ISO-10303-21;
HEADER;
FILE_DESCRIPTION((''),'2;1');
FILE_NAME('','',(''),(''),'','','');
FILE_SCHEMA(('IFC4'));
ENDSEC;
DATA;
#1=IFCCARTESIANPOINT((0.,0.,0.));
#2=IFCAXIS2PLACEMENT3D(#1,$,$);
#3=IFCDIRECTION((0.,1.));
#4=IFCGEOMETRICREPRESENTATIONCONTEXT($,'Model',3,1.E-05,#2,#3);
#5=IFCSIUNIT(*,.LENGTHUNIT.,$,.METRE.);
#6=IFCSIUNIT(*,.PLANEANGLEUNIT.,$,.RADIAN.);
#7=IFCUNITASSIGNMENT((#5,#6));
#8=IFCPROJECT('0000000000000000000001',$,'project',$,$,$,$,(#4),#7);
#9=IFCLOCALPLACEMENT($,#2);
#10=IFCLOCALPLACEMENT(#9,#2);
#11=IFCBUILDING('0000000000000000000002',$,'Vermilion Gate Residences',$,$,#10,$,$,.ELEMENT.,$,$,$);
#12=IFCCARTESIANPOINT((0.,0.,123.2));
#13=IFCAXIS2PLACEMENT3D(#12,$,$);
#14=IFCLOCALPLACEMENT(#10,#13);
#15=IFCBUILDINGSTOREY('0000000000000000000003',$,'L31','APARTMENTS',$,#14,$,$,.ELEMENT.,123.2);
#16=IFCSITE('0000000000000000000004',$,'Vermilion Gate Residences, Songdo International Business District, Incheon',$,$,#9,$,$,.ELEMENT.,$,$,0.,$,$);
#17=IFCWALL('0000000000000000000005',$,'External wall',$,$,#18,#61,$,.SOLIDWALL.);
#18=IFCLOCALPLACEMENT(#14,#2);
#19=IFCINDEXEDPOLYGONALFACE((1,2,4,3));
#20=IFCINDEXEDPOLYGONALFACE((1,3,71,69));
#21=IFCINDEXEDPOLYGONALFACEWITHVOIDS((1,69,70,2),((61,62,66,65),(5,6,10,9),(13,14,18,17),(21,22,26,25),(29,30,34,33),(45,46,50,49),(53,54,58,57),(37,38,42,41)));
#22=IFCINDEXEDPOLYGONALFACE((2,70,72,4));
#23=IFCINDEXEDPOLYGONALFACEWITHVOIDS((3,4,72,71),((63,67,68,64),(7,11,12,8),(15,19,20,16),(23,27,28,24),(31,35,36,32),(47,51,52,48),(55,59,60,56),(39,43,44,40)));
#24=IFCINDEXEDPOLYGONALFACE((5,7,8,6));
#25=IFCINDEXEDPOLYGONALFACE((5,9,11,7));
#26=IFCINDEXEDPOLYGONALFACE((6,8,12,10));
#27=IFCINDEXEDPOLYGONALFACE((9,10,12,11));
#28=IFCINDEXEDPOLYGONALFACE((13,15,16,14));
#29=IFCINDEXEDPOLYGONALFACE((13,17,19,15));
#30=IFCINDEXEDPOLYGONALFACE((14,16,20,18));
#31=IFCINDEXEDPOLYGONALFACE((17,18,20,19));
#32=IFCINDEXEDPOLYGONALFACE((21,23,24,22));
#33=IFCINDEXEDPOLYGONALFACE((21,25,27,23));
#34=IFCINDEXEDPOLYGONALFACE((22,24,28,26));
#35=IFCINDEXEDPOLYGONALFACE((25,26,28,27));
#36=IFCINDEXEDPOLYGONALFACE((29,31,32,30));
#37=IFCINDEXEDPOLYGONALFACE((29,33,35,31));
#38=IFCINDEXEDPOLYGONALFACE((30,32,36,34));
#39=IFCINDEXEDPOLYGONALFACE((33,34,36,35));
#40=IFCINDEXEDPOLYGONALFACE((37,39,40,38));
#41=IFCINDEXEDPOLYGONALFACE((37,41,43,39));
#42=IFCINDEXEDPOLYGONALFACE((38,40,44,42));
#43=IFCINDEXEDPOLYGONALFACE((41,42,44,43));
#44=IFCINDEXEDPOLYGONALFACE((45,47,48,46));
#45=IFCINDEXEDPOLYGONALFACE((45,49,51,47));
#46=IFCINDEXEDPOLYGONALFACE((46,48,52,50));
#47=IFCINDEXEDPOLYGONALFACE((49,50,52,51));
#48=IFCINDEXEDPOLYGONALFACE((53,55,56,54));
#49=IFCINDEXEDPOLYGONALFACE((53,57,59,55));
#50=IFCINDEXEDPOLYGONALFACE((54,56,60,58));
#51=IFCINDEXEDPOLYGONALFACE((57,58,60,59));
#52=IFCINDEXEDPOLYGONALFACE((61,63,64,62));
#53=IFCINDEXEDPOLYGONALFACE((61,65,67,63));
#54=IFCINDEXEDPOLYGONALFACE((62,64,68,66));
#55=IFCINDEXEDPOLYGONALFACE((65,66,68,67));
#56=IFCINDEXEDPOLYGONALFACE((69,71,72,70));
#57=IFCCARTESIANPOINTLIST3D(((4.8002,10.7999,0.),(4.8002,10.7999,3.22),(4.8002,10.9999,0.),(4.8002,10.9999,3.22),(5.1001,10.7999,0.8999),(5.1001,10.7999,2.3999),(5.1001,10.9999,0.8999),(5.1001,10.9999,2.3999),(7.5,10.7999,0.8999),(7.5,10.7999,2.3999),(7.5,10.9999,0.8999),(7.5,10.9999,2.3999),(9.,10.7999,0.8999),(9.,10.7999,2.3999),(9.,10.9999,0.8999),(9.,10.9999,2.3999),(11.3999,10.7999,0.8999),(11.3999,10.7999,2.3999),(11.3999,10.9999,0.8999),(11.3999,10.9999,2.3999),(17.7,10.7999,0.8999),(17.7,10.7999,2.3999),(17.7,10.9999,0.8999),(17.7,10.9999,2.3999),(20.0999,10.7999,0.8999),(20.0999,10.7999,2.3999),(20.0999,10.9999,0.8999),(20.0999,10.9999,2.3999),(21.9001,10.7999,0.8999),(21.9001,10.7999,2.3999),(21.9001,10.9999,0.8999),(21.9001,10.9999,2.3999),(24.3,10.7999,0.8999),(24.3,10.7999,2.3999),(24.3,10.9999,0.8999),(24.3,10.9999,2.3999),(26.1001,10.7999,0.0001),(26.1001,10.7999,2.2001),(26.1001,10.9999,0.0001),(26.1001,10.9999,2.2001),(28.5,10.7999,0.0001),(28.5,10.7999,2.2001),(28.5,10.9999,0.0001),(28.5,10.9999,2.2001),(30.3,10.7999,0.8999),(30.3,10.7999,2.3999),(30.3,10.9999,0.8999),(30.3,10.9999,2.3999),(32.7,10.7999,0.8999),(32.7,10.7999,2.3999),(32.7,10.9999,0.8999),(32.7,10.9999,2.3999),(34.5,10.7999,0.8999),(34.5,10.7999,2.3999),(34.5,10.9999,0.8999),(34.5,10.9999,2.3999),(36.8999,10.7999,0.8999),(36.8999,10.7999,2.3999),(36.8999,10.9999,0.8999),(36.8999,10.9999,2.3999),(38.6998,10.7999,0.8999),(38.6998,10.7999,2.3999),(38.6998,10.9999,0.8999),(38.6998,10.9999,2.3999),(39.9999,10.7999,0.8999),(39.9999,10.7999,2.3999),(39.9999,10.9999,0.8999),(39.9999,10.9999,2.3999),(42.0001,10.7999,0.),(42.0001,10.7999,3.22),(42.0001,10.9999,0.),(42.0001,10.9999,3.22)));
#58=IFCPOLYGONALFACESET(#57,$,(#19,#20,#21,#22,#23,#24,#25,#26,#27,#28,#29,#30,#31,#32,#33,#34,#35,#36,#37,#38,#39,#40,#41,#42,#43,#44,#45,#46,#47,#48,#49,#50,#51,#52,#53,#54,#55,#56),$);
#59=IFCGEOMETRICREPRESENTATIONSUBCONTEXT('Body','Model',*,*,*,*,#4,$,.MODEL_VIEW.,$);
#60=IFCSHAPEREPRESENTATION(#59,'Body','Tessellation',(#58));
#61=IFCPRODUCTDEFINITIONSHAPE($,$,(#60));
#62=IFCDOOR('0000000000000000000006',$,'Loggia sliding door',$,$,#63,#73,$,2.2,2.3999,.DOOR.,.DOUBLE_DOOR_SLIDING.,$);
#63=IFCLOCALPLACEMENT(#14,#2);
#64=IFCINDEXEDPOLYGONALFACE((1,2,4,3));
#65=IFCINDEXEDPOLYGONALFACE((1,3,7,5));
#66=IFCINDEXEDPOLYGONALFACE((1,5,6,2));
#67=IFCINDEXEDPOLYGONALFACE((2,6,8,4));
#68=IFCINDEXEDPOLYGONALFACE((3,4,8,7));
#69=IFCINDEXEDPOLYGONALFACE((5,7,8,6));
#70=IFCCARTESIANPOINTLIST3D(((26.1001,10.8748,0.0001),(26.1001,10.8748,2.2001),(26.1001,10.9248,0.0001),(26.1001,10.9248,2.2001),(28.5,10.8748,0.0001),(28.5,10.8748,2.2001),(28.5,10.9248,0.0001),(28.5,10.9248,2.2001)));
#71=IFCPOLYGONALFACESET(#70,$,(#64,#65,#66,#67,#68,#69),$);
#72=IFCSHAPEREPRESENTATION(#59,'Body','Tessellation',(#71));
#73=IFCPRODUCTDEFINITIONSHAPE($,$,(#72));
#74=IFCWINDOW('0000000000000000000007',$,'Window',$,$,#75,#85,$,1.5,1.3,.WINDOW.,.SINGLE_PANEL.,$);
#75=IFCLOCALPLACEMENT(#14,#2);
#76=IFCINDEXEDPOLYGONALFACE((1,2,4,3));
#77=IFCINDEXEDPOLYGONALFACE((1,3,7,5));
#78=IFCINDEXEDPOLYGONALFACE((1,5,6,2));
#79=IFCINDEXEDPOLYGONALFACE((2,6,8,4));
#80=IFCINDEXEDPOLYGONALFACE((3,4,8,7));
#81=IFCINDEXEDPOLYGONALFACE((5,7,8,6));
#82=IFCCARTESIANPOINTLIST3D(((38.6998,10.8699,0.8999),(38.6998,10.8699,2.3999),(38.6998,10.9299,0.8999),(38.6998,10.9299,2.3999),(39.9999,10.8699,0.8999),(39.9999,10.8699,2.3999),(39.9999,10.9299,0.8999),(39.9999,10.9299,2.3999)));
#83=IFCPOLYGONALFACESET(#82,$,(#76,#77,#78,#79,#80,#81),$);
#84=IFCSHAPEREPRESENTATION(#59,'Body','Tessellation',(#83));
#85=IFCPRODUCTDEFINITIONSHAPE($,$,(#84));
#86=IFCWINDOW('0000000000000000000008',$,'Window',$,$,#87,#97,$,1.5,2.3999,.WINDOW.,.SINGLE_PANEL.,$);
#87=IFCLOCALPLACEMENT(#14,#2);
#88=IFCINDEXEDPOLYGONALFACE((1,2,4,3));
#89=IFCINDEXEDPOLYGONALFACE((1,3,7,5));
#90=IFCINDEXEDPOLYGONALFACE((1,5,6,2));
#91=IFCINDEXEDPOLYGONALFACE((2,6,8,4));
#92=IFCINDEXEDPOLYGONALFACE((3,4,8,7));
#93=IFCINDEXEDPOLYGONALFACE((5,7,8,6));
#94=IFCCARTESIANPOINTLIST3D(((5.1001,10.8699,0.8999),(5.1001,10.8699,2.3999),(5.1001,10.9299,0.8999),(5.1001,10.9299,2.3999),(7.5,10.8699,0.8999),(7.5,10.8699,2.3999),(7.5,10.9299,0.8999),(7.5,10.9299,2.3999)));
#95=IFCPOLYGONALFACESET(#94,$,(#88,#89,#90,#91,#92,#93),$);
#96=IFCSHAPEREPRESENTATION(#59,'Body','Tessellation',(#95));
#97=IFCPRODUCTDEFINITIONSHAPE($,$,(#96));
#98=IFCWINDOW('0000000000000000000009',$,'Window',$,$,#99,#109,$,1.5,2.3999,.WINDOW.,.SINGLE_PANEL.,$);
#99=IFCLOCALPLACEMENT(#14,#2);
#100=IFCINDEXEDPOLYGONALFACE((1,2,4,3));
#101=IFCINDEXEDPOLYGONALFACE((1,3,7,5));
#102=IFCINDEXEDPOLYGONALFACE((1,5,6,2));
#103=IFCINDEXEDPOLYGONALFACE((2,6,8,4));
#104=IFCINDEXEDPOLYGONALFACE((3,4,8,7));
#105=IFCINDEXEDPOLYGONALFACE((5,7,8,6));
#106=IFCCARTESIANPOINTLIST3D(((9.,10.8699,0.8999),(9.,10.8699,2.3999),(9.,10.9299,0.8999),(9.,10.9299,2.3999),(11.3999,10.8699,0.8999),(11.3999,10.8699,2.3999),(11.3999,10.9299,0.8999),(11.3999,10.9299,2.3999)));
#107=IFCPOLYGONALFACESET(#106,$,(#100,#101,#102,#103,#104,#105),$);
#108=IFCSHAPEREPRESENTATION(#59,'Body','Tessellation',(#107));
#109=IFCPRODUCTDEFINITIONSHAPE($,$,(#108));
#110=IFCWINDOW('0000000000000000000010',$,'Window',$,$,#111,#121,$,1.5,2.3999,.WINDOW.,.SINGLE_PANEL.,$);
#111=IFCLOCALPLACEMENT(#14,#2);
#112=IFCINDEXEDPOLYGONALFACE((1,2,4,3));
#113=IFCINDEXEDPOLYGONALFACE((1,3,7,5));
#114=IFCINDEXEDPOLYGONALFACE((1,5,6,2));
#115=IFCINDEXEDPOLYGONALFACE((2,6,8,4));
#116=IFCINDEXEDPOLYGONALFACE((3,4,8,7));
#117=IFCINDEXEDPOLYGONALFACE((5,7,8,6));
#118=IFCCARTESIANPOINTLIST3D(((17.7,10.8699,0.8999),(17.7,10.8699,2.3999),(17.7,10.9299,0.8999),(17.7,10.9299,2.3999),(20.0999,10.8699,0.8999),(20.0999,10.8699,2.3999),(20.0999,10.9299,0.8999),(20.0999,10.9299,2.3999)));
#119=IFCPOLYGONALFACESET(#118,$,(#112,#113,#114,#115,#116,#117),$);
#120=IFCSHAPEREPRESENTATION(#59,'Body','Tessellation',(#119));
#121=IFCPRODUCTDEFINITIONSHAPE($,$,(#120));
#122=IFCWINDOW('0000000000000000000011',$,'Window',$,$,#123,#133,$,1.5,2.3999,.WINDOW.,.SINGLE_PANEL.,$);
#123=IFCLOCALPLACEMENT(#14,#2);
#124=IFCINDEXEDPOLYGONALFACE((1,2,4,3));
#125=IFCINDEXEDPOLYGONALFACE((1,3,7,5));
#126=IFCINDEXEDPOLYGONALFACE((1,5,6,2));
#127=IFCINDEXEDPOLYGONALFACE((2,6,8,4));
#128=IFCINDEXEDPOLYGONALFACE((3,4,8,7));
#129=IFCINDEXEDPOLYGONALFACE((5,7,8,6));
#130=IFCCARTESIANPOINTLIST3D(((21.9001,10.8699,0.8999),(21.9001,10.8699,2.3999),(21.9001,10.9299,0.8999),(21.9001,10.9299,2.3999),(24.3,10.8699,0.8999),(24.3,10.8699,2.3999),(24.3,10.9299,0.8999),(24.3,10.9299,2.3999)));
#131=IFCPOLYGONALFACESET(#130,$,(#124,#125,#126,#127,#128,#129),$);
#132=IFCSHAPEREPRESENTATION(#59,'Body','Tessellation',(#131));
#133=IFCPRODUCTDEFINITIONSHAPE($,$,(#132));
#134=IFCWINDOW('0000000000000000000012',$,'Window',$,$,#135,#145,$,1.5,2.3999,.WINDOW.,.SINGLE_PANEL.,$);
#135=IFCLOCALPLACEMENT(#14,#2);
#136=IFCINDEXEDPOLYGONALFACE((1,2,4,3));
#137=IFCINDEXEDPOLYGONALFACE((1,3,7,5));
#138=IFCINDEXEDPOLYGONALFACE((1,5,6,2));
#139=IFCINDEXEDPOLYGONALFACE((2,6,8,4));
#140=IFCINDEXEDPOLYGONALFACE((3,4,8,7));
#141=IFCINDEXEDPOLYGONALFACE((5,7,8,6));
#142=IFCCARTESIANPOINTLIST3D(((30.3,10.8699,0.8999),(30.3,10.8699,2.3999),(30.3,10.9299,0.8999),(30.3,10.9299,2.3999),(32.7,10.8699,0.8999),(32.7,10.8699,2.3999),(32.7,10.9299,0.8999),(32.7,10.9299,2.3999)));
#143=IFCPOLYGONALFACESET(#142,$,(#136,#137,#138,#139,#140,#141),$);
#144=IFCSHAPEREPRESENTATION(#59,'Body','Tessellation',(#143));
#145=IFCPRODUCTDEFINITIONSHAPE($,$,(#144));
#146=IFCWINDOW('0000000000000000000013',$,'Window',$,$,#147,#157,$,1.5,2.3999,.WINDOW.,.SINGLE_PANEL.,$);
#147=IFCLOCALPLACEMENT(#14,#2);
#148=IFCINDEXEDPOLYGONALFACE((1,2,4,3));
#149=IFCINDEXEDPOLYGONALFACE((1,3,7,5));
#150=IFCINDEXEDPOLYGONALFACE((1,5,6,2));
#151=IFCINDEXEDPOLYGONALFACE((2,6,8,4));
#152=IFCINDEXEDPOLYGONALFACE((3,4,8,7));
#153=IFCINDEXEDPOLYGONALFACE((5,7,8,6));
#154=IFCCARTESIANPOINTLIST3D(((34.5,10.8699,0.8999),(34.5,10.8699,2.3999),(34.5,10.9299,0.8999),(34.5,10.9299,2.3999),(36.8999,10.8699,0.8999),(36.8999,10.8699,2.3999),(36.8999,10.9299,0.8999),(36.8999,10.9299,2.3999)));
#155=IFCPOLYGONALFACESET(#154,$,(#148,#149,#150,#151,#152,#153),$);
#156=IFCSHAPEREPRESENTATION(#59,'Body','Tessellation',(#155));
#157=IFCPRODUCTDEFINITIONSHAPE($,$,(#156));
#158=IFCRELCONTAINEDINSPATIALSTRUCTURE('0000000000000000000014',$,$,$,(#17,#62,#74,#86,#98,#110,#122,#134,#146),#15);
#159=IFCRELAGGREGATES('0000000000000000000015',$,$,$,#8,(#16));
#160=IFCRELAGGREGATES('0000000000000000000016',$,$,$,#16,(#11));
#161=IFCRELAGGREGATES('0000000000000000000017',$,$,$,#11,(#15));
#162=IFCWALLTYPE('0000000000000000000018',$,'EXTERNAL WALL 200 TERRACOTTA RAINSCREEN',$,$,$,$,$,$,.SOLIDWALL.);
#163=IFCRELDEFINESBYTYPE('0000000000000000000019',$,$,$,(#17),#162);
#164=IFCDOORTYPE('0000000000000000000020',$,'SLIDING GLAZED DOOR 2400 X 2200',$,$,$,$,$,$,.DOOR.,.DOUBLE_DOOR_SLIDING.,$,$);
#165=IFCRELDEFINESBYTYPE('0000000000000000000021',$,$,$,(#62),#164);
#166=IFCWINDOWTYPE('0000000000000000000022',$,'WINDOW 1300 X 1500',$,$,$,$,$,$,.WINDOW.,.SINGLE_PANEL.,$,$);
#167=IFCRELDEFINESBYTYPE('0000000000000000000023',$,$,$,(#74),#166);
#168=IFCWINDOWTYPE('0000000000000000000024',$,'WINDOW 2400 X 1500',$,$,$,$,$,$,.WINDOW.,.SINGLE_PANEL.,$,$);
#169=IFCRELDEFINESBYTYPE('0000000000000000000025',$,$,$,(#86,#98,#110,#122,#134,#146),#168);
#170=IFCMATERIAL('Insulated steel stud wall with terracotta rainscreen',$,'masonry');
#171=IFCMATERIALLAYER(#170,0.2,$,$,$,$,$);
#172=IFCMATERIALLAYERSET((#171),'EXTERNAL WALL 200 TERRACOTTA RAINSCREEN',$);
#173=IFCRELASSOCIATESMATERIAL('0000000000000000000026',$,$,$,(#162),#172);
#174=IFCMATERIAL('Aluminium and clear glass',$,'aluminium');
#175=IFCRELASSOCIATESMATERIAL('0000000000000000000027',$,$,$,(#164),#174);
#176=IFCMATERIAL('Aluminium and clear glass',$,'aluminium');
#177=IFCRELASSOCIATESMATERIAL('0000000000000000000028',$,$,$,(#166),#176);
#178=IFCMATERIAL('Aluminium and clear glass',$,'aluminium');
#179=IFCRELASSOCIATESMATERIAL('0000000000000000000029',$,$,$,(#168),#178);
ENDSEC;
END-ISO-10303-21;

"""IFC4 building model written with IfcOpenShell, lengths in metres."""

from ifc_helpers import new_model, si_unit, direction, frame, frame_2d, origin, place, context, subcontext, project, spatial, rectangle, extrude, material, layer, layer_set, type_object, element, fill, save


model = new_model("IFC4")

# Units and contexts
model_context = context("Model", 3, precision=1e-05, world=origin(), true_north=direction((0.0, 1.0)))
body_context = subcontext(model_context, "Body", "Model", "MODEL_VIEW")
ifc_project = project(units=[si_unit("LENGTHUNIT", "METRE"), si_unit("PLANEANGLEUNIT", "RADIAN")], contexts=[model_context])

# Site, building, storey
site_placement = place(None, origin())
site = spatial("IfcSite", under=ifc_project, at=site_placement, Name="Vermilion Gate Residences, Songdo International Business District, Incheon", CompositionType="ELEMENT", RefElevation=0.0)
building_placement = place(site_placement, origin())
building = spatial("IfcBuilding", under=site, at=building_placement, Name="Vermilion Gate Residences", CompositionType="ELEMENT")
storey_placement = place(building_placement, frame((0.0, 0.0, 123.2)))
storey = spatial("IfcBuildingStorey", under=building, at=storey_placement, Name="L31", Description="APARTMENTS", CompositionType="ELEMENT", Elevation=123.2)

# Shared definitions
ifc_material_1 = material(Name="Insulated steel stud wall with terracotta rainscreen", Category="masonry")
ifc_layer_1 = layer(ifc_material_1, 0.2)
ifc_layer_set_1 = layer_set([ifc_layer_1], Name="EXTERNAL WALL 200 TERRACOTTA RAINSCREEN")
wall_type_1 = type_object("IfcWallType", Name="EXTERNAL WALL 200 TERRACOTTA RAINSCREEN", PredefinedType="SOLIDWALL", material=ifc_layer_set_1)

# Wall, openings, door, windows
wall_1_placement = place(storey_placement, frame((4.8, 10.8999, 0.0), z_axis=(0.0, 0.0, 1.0), x_axis=(1.0, 0.0, 0.0)))
wall_1 = element("IfcWall", 1, at=wall_1_placement, inside=storey, type_object=wall_type_1, Name="External wall", PredefinedType="SOLIDWALL", context=body_context, shape_type="SweptSolid", body=[
    extrude(rectangle(XDim=37.2, YDim=0.2, at=frame_2d((18.6001, 0.0))), origin(), (0.0, 0.0, 1.0), 3.22),
])
opening_1_placement = place(wall_1_placement, frame((0.3, 0.0, 0.8999)))
opening_1 = element("IfcOpeningElement", 2, at=opening_1_placement, cuts=wall_1, PredefinedType="OPENING", context=body_context, shape_type="SweptSolid", body=[
    extrude(rectangle(XDim=2.3999, YDim=1.5, at=frame_2d((1.2, 0.75))), frame((0.0, 0.1099, 0.0), z_axis=(0.0, -1.0, 0.0), x_axis=(1.0, 0.0, 0.0)), (0.0, 0.0, 1.0), 0.22),
])
opening_2_placement = place(wall_1_placement, frame((4.2, 0.0, 0.8999)))
opening_2 = element("IfcOpeningElement", 3, at=opening_2_placement, cuts=wall_1, PredefinedType="OPENING", context=body_context, shape_type="SweptSolid", body=[
    extrude(rectangle(XDim=2.3999, YDim=1.5, at=frame_2d((1.2, 0.75))), frame((0.0, 0.1099, 0.0), z_axis=(0.0, -1.0, 0.0), x_axis=(1.0, 0.0, 0.0)), (0.0, 0.0, 1.0), 0.22),
])
opening_3_placement = place(wall_1_placement, frame((12.8999, 0.0, 0.8999)))
opening_3 = element("IfcOpeningElement", 4, at=opening_3_placement, cuts=wall_1, PredefinedType="OPENING", context=body_context, shape_type="SweptSolid", body=[
    extrude(rectangle(XDim=2.3999, YDim=1.5, at=frame_2d((1.2, 0.75))), frame((0.0, 0.1099, 0.0), z_axis=(0.0, -1.0, 0.0), x_axis=(1.0, 0.0, 0.0)), (0.0, 0.0, 1.0), 0.22),
])
opening_4_placement = place(wall_1_placement, frame((17.1001, 0.0, 0.8999)))
opening_4 = element("IfcOpeningElement", 5, at=opening_4_placement, cuts=wall_1, PredefinedType="OPENING", context=body_context, shape_type="SweptSolid", body=[
    extrude(rectangle(XDim=2.3999, YDim=1.5, at=frame_2d((1.2, 0.75))), frame((0.0, 0.1099, 0.0), z_axis=(0.0, -1.0, 0.0), x_axis=(1.0, 0.0, 0.0)), (0.0, 0.0, 1.0), 0.22),
])
opening_5_placement = place(wall_1_placement, frame((21.3, 0.0, 0.0)))
opening_5 = element("IfcOpeningElement", 6, at=opening_5_placement, cuts=wall_1, PredefinedType="OPENING", context=body_context, shape_type="SweptSolid", body=[
    extrude(rectangle(XDim=2.3999, YDim=2.2, at=frame_2d((1.2, 1.1001))), frame((0.0, 0.1099, 0.0), z_axis=(0.0, -1.0, 0.0), x_axis=(1.0, 0.0, 0.0)), (0.0, 0.0, 1.0), 0.22),
])
opening_6_placement = place(wall_1_placement, frame((25.5, 0.0, 0.8999)))
opening_6 = element("IfcOpeningElement", 7, at=opening_6_placement, cuts=wall_1, PredefinedType="OPENING", context=body_context, shape_type="SweptSolid", body=[
    extrude(rectangle(XDim=2.3999, YDim=1.5, at=frame_2d((1.2, 0.75))), frame((0.0, 0.1099, 0.0), z_axis=(0.0, -1.0, 0.0), x_axis=(1.0, 0.0, 0.0)), (0.0, 0.0, 1.0), 0.22),
])
opening_7_placement = place(wall_1_placement, frame((29.7, 0.0, 0.8999)))
opening_7 = element("IfcOpeningElement", 8, at=opening_7_placement, cuts=wall_1, PredefinedType="OPENING", context=body_context, shape_type="SweptSolid", body=[
    extrude(rectangle(XDim=2.3999, YDim=1.5, at=frame_2d((1.2, 0.75))), frame((0.0, 0.1099, 0.0), z_axis=(0.0, -1.0, 0.0), x_axis=(1.0, 0.0, 0.0)), (0.0, 0.0, 1.0), 0.22),
])
opening_8_placement = place(wall_1_placement, frame((33.8999, 0.0, 0.8999)))
opening_8 = element("IfcOpeningElement", 9, at=opening_8_placement, cuts=wall_1, PredefinedType="OPENING", context=body_context, shape_type="SweptSolid", body=[
    extrude(rectangle(XDim=1.3, YDim=1.5, at=frame_2d((0.6499, 0.75))), frame((0.0, 0.1099, 0.0), z_axis=(0.0, -1.0, 0.0), x_axis=(1.0, 0.0, 0.0)), (0.0, 0.0, 1.0), 0.22),
])
ifc_material_2 = material(Name="Aluminium and clear glass", Category="aluminium")
door_type = type_object("IfcDoorType", Name="SLIDING GLAZED DOOR 2400 X 2200", OperationType="DOUBLE_DOOR_SLIDING", PredefinedType="DOOR", material=ifc_material_2)
door_placement = place(opening_5_placement, origin())
door = element("IfcDoor", 10, at=door_placement, inside=storey, type_object=door_type, Name="Loggia sliding door", OperationType="DOUBLE_DOOR_SLIDING", OverallHeight=2.2, OverallWidth=2.3999, PredefinedType="DOOR", context=body_context, shape_type="SweptSolid", body=[
    extrude(rectangle(XDim=2.3999, YDim=2.2, at=frame_2d((1.2, 1.1001))), frame((0.0, 0.0249, 0.0), z_axis=(0.0, -1.0, 0.0), x_axis=(1.0, 0.0, 0.0)), (0.0, 0.0, 1.0), 0.05),
])
fill(opening_5, door)
ifc_material_3 = material(Name="Aluminium and clear glass", Category="aluminium")
window_type_1 = type_object("IfcWindowType", Name="WINDOW 1300 X 1500", PartitioningType="SINGLE_PANEL", PredefinedType="WINDOW", material=ifc_material_3)
window_1_placement = place(opening_8_placement, origin())
window_1 = element("IfcWindow", 11, at=window_1_placement, inside=storey, type_object=window_type_1, Name="Window", OverallHeight=1.5, OverallWidth=1.3, PartitioningType="SINGLE_PANEL", PredefinedType="WINDOW", context=body_context, shape_type="SweptSolid", body=[
    extrude(rectangle(XDim=1.3, YDim=1.5, at=frame_2d((0.6499, 0.75))), frame((0.0, 0.03, 0.0), z_axis=(0.0, -1.0, 0.0), x_axis=(1.0, 0.0, 0.0)), (0.0, 0.0, 1.0), 0.0601),
])
fill(opening_8, window_1)
ifc_material_4 = material(Name="Aluminium and clear glass", Category="aluminium")
window_type_2 = type_object("IfcWindowType", Name="WINDOW 2400 X 1500", PartitioningType="SINGLE_PANEL", PredefinedType="WINDOW", material=ifc_material_4)
window_2_placement = place(opening_1_placement, origin())
window_2 = element("IfcWindow", 12, at=window_2_placement, inside=storey, type_object=window_type_2, Name="Window", OverallHeight=1.5, OverallWidth=2.3999, PartitioningType="SINGLE_PANEL", PredefinedType="WINDOW", context=body_context, shape_type="SweptSolid", body=[
    extrude(rectangle(XDim=2.3999, YDim=1.5, at=frame_2d((1.2, 0.75))), frame((0.0, 0.03, 0.0), z_axis=(0.0, -1.0, 0.0), x_axis=(1.0, 0.0, 0.0)), (0.0, 0.0, 1.0), 0.0601),
])
fill(opening_1, window_2)
window_3_placement = place(opening_2_placement, origin())
window_3 = element("IfcWindow", 13, at=window_3_placement, inside=storey, type_object=window_type_2, Name="Window", OverallHeight=1.5, OverallWidth=2.3999, PartitioningType="SINGLE_PANEL", PredefinedType="WINDOW", context=body_context, shape_type="SweptSolid", body=[
    extrude(rectangle(XDim=2.3999, YDim=1.5, at=frame_2d((1.2, 0.75))), frame((0.0, 0.03, 0.0), z_axis=(0.0, -1.0, 0.0), x_axis=(1.0, 0.0, 0.0)), (0.0, 0.0, 1.0), 0.0601),
])
fill(opening_2, window_3)
window_4_placement = place(opening_3_placement, origin())
window_4 = element("IfcWindow", 14, at=window_4_placement, inside=storey, type_object=window_type_2, Name="Window", OverallHeight=1.5, OverallWidth=2.3999, PartitioningType="SINGLE_PANEL", PredefinedType="WINDOW", context=body_context, shape_type="SweptSolid", body=[
    extrude(rectangle(XDim=2.3999, YDim=1.5, at=frame_2d((1.2, 0.75))), frame((0.0, 0.03, 0.0), z_axis=(0.0, -1.0, 0.0), x_axis=(1.0, 0.0, 0.0)), (0.0, 0.0, 1.0), 0.0601),
])
fill(opening_3, window_4)
window_5_placement = place(opening_4_placement, origin())
window_5 = element("IfcWindow", 15, at=window_5_placement, inside=storey, type_object=window_type_2, Name="Window", OverallHeight=1.5, OverallWidth=2.3999, PartitioningType="SINGLE_PANEL", PredefinedType="WINDOW", context=body_context, shape_type="SweptSolid", body=[
    extrude(rectangle(XDim=2.3999, YDim=1.5, at=frame_2d((1.2, 0.75))), frame((0.0, 0.03, 0.0), z_axis=(0.0, -1.0, 0.0), x_axis=(1.0, 0.0, 0.0)), (0.0, 0.0, 1.0), 0.0601),
])
fill(opening_4, window_5)
window_6_placement = place(opening_6_placement, origin())
window_6 = element("IfcWindow", 16, at=window_6_placement, inside=storey, type_object=window_type_2, Name="Window", OverallHeight=1.5, OverallWidth=2.3999, PartitioningType="SINGLE_PANEL", PredefinedType="WINDOW", context=body_context, shape_type="SweptSolid", body=[
    extrude(rectangle(XDim=2.3999, YDim=1.5, at=frame_2d((1.2, 0.75))), frame((0.0, 0.03, 0.0), z_axis=(0.0, -1.0, 0.0), x_axis=(1.0, 0.0, 0.0)), (0.0, 0.0, 1.0), 0.0601),
])
fill(opening_6, window_6)
window_7_placement = place(opening_7_placement, origin())
window_7 = element("IfcWindow", 17, at=window_7_placement, inside=storey, type_object=window_type_2, Name="Window", OverallHeight=1.5, OverallWidth=2.3999, PartitioningType="SINGLE_PANEL", PredefinedType="WINDOW", context=body_context, shape_type="SweptSolid", body=[
    extrude(rectangle(XDim=2.3999, YDim=1.5, at=frame_2d((1.2, 0.75))), frame((0.0, 0.03, 0.0), z_axis=(0.0, -1.0, 0.0), x_axis=(1.0, 0.0, 0.0)), (0.0, 0.0, 1.0), 0.0601),
])
fill(opening_7, window_7)

save(model, "model.ifc")
